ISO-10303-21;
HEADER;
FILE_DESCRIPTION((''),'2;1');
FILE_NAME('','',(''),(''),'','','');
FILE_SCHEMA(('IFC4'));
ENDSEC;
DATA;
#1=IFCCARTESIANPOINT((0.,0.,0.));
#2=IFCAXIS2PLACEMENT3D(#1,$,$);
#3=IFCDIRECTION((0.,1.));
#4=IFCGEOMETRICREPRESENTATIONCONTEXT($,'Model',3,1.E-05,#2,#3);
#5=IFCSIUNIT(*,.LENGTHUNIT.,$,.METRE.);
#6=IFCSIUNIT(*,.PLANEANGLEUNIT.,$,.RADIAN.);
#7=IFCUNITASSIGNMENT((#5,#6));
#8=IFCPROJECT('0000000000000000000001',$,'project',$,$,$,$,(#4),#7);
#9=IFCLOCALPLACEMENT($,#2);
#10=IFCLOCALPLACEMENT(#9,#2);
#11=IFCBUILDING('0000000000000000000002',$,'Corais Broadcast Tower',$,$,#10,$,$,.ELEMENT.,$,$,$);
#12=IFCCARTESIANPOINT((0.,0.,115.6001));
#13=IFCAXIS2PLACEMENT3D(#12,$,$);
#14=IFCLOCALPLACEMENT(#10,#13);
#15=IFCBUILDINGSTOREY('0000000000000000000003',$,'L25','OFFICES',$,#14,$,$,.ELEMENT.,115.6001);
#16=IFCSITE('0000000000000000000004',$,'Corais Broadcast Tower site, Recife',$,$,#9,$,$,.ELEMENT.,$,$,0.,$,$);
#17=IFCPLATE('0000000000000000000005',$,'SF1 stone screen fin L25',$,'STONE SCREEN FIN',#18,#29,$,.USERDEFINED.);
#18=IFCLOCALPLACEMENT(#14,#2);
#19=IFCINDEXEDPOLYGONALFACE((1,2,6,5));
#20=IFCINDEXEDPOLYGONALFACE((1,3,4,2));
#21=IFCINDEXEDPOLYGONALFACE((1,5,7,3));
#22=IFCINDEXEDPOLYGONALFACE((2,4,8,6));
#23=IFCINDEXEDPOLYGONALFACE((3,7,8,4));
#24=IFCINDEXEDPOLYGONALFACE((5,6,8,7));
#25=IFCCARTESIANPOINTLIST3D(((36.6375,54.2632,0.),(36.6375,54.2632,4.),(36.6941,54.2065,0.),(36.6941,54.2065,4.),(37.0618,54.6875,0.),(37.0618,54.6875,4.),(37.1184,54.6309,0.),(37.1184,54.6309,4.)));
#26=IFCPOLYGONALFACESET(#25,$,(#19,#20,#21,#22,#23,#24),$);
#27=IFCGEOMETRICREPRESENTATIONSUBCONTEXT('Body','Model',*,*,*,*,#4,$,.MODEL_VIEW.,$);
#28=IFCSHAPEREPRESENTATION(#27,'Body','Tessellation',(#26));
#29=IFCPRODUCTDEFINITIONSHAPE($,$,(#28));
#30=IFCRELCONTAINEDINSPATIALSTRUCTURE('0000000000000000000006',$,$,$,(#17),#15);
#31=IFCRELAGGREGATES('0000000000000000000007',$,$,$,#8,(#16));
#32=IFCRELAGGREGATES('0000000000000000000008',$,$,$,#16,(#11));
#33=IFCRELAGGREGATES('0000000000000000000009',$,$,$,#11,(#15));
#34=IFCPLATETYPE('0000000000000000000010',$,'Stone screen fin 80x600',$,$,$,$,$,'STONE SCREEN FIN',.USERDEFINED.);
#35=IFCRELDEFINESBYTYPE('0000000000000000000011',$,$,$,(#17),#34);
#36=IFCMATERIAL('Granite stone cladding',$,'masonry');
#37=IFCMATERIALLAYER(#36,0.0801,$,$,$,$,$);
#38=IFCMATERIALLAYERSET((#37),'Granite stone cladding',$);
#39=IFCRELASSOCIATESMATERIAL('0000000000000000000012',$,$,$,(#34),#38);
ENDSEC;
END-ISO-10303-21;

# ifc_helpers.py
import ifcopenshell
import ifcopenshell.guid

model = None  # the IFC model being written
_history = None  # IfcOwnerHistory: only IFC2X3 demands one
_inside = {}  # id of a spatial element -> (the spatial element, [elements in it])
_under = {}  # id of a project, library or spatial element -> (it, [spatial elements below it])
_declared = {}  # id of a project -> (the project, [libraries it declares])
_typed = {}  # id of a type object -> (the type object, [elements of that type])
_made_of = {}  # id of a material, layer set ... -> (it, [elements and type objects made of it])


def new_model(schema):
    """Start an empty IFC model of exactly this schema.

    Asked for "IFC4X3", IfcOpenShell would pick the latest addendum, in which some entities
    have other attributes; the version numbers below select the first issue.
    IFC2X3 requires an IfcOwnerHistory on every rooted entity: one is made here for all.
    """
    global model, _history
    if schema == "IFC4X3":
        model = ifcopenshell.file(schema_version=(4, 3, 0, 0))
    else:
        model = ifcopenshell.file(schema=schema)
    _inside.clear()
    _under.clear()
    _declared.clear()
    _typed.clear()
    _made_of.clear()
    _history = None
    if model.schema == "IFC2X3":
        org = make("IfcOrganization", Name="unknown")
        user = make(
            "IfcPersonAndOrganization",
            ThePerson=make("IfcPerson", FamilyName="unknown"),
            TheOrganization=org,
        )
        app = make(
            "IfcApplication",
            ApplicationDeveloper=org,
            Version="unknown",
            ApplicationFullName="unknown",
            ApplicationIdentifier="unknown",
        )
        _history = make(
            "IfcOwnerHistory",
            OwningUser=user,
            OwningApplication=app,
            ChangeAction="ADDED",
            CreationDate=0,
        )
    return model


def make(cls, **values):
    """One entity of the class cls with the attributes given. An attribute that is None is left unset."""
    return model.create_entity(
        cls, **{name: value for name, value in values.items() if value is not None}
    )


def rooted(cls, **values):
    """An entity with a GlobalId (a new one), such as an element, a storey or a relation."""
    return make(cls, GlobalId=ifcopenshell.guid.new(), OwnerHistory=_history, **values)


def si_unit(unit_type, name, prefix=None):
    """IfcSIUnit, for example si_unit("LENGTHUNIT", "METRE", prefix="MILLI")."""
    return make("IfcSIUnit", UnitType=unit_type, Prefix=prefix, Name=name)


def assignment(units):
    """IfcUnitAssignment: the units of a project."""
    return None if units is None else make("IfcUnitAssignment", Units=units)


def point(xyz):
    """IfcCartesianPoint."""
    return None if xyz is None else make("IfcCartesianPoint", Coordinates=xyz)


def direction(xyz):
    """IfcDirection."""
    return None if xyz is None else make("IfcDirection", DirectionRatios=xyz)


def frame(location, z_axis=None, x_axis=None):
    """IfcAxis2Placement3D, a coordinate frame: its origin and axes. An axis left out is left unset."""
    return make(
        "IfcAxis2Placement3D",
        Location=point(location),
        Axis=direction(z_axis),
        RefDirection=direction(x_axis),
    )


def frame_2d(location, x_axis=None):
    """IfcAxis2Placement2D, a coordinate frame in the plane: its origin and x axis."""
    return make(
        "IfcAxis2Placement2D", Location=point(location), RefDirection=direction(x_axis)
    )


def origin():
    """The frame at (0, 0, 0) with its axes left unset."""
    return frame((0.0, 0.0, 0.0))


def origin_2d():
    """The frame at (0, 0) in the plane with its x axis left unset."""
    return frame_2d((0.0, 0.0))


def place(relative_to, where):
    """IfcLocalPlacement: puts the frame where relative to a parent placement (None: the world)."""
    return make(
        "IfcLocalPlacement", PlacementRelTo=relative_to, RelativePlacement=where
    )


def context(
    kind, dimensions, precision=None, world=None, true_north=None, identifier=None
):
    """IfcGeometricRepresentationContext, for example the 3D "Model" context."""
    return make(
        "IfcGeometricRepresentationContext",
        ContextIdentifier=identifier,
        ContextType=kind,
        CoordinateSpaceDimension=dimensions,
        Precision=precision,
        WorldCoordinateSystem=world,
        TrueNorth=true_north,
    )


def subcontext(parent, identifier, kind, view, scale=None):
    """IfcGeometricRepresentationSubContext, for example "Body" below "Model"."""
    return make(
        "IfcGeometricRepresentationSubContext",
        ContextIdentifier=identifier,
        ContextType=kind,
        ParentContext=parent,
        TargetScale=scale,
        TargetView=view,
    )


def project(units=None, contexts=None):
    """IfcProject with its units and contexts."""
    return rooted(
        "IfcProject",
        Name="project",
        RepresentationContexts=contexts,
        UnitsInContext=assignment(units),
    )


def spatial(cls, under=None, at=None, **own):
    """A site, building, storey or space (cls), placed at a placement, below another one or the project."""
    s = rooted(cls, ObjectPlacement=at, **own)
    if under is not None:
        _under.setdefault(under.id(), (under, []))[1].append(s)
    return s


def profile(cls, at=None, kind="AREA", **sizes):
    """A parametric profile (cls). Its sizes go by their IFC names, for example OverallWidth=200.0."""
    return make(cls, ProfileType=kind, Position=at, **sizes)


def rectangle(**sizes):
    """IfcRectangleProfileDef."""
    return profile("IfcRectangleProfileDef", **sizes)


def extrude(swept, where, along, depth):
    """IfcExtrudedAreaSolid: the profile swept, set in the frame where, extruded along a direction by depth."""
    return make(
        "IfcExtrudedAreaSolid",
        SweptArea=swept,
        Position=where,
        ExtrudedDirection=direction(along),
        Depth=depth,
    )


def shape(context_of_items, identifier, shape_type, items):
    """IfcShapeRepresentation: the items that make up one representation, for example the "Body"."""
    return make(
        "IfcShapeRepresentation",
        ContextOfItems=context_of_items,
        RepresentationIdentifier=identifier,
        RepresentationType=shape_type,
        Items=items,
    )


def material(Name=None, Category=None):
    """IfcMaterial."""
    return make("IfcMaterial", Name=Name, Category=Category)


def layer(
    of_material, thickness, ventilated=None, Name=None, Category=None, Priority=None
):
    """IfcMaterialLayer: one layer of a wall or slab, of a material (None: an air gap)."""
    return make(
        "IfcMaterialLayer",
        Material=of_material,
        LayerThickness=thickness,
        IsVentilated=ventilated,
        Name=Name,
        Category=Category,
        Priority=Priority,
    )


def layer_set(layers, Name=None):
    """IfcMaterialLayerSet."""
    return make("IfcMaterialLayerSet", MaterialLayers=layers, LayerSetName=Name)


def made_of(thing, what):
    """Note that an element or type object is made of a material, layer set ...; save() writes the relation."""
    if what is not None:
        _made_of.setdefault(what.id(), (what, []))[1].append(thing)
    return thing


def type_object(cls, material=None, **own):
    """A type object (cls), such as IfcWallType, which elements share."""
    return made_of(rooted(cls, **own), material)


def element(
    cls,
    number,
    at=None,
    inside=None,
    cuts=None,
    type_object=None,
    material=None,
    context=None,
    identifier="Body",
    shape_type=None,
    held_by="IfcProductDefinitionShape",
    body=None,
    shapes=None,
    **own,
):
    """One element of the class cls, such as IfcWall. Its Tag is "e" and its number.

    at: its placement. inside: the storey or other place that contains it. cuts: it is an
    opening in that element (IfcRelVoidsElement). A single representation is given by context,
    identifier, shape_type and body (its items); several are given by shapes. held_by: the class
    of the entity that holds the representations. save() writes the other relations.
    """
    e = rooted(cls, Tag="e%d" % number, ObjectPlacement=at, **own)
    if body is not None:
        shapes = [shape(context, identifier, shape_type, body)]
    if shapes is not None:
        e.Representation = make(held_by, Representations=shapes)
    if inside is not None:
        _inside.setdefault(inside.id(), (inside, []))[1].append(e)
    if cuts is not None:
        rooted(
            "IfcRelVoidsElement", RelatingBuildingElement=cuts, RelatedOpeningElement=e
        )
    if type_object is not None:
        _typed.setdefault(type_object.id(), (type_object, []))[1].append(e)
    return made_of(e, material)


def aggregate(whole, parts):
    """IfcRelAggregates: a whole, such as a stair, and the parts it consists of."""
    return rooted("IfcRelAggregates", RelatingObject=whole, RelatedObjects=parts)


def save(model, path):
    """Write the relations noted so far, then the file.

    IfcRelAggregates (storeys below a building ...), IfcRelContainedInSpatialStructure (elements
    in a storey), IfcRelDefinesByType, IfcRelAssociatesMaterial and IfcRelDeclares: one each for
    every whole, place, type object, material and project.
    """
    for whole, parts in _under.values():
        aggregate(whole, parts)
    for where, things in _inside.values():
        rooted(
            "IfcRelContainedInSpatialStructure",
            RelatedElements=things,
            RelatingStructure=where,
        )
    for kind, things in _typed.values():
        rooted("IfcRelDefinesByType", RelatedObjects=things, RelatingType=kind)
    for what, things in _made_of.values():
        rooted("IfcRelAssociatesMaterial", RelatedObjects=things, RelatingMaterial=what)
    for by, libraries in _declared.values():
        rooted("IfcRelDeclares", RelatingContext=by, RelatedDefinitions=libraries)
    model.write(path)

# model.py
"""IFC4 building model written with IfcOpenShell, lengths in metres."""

from ifc_helpers import new_model, si_unit, direction, frame, origin, origin_2d, place, context, subcontext, project, spatial, rectangle, extrude, material, layer, layer_set, type_object, element, save


model = new_model("IFC4")

# Units and contexts
model_context = context("Model", 3, precision=1e-05, world=origin(), true_north=direction((0.0, 1.0)))
body_context = subcontext(model_context, "Body", "Model", "MODEL_VIEW")
ifc_project = project(units=[si_unit("LENGTHUNIT", "METRE"), si_unit("PLANEANGLEUNIT", "RADIAN")], contexts=[model_context])

# Site, building, storey
site_placement = place(None, origin())
site = spatial("IfcSite", under=ifc_project, at=site_placement, Name="Corais Broadcast Tower site, Recife", CompositionType="ELEMENT", RefElevation=0.0)
building_placement = place(site_placement, origin())
building = spatial("IfcBuilding", under=site, at=building_placement, Name="Corais Broadcast Tower", CompositionType="ELEMENT")
storey_placement = place(building_placement, frame((0.0, 0.0, 115.6001)))
storey = spatial("IfcBuildingStorey", under=building, at=storey_placement, Name="L25", Description="OFFICES", CompositionType="ELEMENT", Elevation=115.6001)

# Plate
ifc_material_1 = material(Name="Granite stone cladding", Category="masonry")
ifc_layer_1 = layer(ifc_material_1, 0.0801)
ifc_layer_set_1 = layer_set([ifc_layer_1], Name="Granite stone cladding")
plate_type_1 = type_object("IfcPlateType", Name="Stone screen fin 80x600", ElementType="STONE SCREEN FIN", PredefinedType="USERDEFINED", material=ifc_layer_set_1)
plate_1_placement = place(storey_placement, frame((36.8779, 54.447, 0.0), z_axis=(0.0, 0.0, 1.0), x_axis=(0.707107, -0.707107, 0.0)))
element("IfcPlate", 1, at=plate_1_placement, inside=storey, type_object=plate_type_1, Name="SF1 stone screen fin L25", ObjectType="STONE SCREEN FIN", PredefinedType="USERDEFINED", context=body_context, shape_type="SweptSolid", body=[
    extrude(rectangle(XDim=0.0801, YDim=0.6001, at=origin_2d()), origin(), (0.0, 0.0, 1.0), 4.0),
])

save(model, "model.ifc")
